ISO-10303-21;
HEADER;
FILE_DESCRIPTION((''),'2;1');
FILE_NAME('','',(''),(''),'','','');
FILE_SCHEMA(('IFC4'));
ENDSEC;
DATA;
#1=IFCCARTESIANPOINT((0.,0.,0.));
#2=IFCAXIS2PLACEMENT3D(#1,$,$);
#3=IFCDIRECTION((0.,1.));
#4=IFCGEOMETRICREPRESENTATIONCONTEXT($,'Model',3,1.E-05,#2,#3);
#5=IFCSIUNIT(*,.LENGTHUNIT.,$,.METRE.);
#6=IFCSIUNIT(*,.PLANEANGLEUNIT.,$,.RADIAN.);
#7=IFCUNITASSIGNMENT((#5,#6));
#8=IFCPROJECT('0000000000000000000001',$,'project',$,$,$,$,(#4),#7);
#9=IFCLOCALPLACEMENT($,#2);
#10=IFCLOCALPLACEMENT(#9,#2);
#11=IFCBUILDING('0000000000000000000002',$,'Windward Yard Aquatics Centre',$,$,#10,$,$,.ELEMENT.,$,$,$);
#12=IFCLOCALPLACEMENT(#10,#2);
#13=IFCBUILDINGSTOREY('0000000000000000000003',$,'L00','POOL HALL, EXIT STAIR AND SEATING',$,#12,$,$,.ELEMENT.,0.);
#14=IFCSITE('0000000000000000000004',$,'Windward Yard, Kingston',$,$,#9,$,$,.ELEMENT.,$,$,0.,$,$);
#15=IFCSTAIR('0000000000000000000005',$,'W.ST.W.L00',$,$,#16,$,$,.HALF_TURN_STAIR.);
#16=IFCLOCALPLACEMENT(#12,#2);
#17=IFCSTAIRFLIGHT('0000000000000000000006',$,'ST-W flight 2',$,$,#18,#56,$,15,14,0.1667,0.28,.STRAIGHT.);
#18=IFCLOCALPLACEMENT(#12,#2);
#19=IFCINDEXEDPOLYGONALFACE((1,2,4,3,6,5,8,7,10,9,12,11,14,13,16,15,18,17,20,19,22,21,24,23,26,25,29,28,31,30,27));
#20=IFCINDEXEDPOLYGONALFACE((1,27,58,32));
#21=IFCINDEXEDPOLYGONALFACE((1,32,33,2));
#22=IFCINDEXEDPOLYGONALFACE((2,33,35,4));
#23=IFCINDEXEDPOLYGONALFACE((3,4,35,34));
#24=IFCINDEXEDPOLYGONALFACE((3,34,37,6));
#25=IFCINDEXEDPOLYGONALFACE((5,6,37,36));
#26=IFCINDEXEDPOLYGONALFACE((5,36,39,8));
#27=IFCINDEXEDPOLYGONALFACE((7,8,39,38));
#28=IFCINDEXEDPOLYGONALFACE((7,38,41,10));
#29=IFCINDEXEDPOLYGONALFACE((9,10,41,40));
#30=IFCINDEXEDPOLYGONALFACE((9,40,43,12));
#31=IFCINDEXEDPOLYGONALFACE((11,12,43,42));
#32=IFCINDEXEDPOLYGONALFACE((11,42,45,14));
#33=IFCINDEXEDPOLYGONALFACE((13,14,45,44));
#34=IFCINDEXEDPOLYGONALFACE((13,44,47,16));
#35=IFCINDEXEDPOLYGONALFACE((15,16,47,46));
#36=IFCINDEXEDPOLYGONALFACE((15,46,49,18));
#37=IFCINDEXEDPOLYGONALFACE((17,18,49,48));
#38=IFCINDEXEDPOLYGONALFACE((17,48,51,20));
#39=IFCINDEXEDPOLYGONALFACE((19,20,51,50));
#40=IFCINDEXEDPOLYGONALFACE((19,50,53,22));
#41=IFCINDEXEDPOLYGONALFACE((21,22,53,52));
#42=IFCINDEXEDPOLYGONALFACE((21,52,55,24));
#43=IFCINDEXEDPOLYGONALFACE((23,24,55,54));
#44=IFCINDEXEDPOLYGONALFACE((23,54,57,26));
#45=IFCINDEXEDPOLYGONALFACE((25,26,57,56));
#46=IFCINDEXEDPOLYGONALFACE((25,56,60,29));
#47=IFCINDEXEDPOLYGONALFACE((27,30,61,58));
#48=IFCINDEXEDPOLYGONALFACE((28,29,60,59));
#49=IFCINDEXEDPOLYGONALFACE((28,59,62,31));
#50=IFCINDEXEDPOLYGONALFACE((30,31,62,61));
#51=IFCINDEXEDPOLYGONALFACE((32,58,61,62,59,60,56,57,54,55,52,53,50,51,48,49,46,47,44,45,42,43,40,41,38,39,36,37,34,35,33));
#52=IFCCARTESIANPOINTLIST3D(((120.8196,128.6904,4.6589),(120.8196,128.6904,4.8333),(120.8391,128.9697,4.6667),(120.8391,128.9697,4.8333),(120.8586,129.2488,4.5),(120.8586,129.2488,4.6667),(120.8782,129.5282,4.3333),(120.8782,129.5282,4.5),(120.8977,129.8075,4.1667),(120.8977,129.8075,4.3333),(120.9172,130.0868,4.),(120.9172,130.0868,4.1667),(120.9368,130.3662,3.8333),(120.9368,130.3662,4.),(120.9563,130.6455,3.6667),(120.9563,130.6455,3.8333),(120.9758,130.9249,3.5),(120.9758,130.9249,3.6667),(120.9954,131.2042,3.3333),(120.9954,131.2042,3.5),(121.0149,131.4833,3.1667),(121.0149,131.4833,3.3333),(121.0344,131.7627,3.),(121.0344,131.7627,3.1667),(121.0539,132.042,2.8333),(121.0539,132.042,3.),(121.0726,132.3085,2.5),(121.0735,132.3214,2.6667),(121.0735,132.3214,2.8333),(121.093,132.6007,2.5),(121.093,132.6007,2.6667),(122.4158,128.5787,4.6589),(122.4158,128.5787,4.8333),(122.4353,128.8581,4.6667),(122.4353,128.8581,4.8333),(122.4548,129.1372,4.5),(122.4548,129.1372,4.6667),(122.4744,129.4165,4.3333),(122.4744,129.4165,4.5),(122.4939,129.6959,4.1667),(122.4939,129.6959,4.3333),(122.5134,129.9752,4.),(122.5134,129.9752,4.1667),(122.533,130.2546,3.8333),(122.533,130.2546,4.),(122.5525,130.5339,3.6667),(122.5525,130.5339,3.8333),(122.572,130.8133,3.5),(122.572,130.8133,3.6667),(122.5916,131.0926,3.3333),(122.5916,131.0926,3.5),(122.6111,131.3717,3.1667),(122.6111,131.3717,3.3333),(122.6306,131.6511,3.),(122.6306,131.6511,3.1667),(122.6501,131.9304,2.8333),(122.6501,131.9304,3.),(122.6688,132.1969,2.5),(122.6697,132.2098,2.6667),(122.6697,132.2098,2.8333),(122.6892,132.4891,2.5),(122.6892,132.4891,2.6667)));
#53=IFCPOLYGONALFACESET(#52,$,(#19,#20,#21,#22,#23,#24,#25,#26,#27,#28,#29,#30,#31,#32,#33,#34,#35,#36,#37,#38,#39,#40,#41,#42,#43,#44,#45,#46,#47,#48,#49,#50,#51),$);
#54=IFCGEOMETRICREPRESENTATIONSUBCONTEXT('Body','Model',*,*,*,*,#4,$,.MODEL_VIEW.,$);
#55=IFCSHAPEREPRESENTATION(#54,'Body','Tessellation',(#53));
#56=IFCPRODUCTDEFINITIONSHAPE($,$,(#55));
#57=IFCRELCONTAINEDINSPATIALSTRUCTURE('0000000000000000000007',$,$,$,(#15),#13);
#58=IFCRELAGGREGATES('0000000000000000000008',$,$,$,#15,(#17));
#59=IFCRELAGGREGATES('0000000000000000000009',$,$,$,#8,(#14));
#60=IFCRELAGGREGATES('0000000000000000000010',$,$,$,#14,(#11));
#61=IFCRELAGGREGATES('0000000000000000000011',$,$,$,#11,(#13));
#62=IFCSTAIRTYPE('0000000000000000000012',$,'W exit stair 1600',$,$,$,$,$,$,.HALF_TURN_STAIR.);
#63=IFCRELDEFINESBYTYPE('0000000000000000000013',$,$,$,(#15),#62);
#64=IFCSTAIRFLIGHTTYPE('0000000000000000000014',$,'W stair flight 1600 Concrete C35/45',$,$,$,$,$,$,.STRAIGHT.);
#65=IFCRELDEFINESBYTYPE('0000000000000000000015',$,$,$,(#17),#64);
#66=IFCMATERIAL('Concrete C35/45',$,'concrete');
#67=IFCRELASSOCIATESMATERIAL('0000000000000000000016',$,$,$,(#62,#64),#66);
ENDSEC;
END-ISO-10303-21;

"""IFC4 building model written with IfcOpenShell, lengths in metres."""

from ifc_helpers import new_model, si_unit, direction, frame, origin, place, context, subcontext, project, spatial, polyline, outline, extrude, material, type_object, element, aggregate, save


model = new_model("IFC4")

# Units and contexts
model_context = context("Model", 3, precision=1e-05, world=origin(), true_north=direction((0.0, 1.0)))
body_context = subcontext(model_context, "Body", "Model", "MODEL_VIEW")
ifc_project = project(units=[si_unit("LENGTHUNIT", "METRE"), si_unit("PLANEANGLEUNIT", "RADIAN")], contexts=[model_context])

# Site, building, storey
site_placement = place(None, origin())
site = spatial("IfcSite", under=ifc_project, at=site_placement, Name="Windward Yard, Kingston", CompositionType="ELEMENT", RefElevation=0.0)
building_placement = place(site_placement, origin())
building = spatial("IfcBuilding", under=site, at=building_placement, Name="Windward Yard Aquatics Centre", CompositionType="ELEMENT")
storey_placement = place(building_placement, origin())
storey = spatial("IfcBuildingStorey", under=building, at=storey_placement, Name="L00", Description="POOL HALL, EXIT STAIR AND SEATING", CompositionType="ELEMENT", Elevation=0.0)

# Shared definitions
ifc_material_1 = material(Name="Concrete C35/45", Category="concrete")

# Stair, stair flight
stair_type = type_object("IfcStairType", Name="W exit stair 1600", PredefinedType="HALF_TURN_STAIR", material=ifc_material_1)
stair_placement = place(storey_placement, origin())
stair = element("IfcStair", 1, at=stair_placement, inside=storey, type_object=stair_type, Name="W.ST.W.L00", PredefinedType="HALF_TURN_STAIR")
stair_flight_type = type_object("IfcStairFlightType", Name="W stair flight 1600 Concrete C35/45", PredefinedType="STRAIGHT", material=ifc_material_1)
stair_flight_1_placement = place(storey_placement, frame((121.8911, 132.5449, 2.5), z_axis=(0.0, 0.0, 1.0), x_axis=(-0.069756, -0.997564, 0.0)))
stair_flight_1 = element("IfcStairFlight", 2, at=stair_flight_1_placement, type_object=stair_flight_type, Name="ST-W flight 2", NumberOfRisers=15, NumberOfTreads=14, PredefinedType="STRAIGHT", RiserHeight=0.1667, TreadLength=0.28, context=body_context, shape_type="SweptSolid", body=[
    extrude(outline(polyline([(0.0, 0.0), (0.0, 0.1667), (0.28, 0.1667), (0.28, 0.3333), (0.5601, 0.3333), (0.5601, 0.5), (0.8401, 0.5), (0.8401, 0.6667), (1.1201, 0.6667), (1.1201, 0.8333), (1.3999, 0.8333), (1.3999, 1.0), (1.6799, 1.0), (1.6799, 1.1667), (1.96, 1.1667), (1.96, 1.3333), (2.24, 1.3333), (2.24, 1.5), (2.52, 1.5), (2.52, 1.6667), (2.8, 1.6667), (2.8, 1.8333), (3.0801, 1.8333), (3.0801, 2.0), (3.3601, 2.0), (3.3601, 2.1667), (3.6399, 2.1667), (3.6399, 2.3333), (3.9199, 2.3333), (3.9199, 2.5), (3.9199, 2.1589), (0.293, 0.0), (0.0, 0.0)])), frame((0.0, 0.8, 0.0), z_axis=(0.0, -1.0, 0.0), x_axis=(1.0, 0.0, 0.0)), (0.0, 0.0, 1.0), 1.6001),
])
aggregate(stair, [stair_flight_1])

save(model, "model.ifc")
